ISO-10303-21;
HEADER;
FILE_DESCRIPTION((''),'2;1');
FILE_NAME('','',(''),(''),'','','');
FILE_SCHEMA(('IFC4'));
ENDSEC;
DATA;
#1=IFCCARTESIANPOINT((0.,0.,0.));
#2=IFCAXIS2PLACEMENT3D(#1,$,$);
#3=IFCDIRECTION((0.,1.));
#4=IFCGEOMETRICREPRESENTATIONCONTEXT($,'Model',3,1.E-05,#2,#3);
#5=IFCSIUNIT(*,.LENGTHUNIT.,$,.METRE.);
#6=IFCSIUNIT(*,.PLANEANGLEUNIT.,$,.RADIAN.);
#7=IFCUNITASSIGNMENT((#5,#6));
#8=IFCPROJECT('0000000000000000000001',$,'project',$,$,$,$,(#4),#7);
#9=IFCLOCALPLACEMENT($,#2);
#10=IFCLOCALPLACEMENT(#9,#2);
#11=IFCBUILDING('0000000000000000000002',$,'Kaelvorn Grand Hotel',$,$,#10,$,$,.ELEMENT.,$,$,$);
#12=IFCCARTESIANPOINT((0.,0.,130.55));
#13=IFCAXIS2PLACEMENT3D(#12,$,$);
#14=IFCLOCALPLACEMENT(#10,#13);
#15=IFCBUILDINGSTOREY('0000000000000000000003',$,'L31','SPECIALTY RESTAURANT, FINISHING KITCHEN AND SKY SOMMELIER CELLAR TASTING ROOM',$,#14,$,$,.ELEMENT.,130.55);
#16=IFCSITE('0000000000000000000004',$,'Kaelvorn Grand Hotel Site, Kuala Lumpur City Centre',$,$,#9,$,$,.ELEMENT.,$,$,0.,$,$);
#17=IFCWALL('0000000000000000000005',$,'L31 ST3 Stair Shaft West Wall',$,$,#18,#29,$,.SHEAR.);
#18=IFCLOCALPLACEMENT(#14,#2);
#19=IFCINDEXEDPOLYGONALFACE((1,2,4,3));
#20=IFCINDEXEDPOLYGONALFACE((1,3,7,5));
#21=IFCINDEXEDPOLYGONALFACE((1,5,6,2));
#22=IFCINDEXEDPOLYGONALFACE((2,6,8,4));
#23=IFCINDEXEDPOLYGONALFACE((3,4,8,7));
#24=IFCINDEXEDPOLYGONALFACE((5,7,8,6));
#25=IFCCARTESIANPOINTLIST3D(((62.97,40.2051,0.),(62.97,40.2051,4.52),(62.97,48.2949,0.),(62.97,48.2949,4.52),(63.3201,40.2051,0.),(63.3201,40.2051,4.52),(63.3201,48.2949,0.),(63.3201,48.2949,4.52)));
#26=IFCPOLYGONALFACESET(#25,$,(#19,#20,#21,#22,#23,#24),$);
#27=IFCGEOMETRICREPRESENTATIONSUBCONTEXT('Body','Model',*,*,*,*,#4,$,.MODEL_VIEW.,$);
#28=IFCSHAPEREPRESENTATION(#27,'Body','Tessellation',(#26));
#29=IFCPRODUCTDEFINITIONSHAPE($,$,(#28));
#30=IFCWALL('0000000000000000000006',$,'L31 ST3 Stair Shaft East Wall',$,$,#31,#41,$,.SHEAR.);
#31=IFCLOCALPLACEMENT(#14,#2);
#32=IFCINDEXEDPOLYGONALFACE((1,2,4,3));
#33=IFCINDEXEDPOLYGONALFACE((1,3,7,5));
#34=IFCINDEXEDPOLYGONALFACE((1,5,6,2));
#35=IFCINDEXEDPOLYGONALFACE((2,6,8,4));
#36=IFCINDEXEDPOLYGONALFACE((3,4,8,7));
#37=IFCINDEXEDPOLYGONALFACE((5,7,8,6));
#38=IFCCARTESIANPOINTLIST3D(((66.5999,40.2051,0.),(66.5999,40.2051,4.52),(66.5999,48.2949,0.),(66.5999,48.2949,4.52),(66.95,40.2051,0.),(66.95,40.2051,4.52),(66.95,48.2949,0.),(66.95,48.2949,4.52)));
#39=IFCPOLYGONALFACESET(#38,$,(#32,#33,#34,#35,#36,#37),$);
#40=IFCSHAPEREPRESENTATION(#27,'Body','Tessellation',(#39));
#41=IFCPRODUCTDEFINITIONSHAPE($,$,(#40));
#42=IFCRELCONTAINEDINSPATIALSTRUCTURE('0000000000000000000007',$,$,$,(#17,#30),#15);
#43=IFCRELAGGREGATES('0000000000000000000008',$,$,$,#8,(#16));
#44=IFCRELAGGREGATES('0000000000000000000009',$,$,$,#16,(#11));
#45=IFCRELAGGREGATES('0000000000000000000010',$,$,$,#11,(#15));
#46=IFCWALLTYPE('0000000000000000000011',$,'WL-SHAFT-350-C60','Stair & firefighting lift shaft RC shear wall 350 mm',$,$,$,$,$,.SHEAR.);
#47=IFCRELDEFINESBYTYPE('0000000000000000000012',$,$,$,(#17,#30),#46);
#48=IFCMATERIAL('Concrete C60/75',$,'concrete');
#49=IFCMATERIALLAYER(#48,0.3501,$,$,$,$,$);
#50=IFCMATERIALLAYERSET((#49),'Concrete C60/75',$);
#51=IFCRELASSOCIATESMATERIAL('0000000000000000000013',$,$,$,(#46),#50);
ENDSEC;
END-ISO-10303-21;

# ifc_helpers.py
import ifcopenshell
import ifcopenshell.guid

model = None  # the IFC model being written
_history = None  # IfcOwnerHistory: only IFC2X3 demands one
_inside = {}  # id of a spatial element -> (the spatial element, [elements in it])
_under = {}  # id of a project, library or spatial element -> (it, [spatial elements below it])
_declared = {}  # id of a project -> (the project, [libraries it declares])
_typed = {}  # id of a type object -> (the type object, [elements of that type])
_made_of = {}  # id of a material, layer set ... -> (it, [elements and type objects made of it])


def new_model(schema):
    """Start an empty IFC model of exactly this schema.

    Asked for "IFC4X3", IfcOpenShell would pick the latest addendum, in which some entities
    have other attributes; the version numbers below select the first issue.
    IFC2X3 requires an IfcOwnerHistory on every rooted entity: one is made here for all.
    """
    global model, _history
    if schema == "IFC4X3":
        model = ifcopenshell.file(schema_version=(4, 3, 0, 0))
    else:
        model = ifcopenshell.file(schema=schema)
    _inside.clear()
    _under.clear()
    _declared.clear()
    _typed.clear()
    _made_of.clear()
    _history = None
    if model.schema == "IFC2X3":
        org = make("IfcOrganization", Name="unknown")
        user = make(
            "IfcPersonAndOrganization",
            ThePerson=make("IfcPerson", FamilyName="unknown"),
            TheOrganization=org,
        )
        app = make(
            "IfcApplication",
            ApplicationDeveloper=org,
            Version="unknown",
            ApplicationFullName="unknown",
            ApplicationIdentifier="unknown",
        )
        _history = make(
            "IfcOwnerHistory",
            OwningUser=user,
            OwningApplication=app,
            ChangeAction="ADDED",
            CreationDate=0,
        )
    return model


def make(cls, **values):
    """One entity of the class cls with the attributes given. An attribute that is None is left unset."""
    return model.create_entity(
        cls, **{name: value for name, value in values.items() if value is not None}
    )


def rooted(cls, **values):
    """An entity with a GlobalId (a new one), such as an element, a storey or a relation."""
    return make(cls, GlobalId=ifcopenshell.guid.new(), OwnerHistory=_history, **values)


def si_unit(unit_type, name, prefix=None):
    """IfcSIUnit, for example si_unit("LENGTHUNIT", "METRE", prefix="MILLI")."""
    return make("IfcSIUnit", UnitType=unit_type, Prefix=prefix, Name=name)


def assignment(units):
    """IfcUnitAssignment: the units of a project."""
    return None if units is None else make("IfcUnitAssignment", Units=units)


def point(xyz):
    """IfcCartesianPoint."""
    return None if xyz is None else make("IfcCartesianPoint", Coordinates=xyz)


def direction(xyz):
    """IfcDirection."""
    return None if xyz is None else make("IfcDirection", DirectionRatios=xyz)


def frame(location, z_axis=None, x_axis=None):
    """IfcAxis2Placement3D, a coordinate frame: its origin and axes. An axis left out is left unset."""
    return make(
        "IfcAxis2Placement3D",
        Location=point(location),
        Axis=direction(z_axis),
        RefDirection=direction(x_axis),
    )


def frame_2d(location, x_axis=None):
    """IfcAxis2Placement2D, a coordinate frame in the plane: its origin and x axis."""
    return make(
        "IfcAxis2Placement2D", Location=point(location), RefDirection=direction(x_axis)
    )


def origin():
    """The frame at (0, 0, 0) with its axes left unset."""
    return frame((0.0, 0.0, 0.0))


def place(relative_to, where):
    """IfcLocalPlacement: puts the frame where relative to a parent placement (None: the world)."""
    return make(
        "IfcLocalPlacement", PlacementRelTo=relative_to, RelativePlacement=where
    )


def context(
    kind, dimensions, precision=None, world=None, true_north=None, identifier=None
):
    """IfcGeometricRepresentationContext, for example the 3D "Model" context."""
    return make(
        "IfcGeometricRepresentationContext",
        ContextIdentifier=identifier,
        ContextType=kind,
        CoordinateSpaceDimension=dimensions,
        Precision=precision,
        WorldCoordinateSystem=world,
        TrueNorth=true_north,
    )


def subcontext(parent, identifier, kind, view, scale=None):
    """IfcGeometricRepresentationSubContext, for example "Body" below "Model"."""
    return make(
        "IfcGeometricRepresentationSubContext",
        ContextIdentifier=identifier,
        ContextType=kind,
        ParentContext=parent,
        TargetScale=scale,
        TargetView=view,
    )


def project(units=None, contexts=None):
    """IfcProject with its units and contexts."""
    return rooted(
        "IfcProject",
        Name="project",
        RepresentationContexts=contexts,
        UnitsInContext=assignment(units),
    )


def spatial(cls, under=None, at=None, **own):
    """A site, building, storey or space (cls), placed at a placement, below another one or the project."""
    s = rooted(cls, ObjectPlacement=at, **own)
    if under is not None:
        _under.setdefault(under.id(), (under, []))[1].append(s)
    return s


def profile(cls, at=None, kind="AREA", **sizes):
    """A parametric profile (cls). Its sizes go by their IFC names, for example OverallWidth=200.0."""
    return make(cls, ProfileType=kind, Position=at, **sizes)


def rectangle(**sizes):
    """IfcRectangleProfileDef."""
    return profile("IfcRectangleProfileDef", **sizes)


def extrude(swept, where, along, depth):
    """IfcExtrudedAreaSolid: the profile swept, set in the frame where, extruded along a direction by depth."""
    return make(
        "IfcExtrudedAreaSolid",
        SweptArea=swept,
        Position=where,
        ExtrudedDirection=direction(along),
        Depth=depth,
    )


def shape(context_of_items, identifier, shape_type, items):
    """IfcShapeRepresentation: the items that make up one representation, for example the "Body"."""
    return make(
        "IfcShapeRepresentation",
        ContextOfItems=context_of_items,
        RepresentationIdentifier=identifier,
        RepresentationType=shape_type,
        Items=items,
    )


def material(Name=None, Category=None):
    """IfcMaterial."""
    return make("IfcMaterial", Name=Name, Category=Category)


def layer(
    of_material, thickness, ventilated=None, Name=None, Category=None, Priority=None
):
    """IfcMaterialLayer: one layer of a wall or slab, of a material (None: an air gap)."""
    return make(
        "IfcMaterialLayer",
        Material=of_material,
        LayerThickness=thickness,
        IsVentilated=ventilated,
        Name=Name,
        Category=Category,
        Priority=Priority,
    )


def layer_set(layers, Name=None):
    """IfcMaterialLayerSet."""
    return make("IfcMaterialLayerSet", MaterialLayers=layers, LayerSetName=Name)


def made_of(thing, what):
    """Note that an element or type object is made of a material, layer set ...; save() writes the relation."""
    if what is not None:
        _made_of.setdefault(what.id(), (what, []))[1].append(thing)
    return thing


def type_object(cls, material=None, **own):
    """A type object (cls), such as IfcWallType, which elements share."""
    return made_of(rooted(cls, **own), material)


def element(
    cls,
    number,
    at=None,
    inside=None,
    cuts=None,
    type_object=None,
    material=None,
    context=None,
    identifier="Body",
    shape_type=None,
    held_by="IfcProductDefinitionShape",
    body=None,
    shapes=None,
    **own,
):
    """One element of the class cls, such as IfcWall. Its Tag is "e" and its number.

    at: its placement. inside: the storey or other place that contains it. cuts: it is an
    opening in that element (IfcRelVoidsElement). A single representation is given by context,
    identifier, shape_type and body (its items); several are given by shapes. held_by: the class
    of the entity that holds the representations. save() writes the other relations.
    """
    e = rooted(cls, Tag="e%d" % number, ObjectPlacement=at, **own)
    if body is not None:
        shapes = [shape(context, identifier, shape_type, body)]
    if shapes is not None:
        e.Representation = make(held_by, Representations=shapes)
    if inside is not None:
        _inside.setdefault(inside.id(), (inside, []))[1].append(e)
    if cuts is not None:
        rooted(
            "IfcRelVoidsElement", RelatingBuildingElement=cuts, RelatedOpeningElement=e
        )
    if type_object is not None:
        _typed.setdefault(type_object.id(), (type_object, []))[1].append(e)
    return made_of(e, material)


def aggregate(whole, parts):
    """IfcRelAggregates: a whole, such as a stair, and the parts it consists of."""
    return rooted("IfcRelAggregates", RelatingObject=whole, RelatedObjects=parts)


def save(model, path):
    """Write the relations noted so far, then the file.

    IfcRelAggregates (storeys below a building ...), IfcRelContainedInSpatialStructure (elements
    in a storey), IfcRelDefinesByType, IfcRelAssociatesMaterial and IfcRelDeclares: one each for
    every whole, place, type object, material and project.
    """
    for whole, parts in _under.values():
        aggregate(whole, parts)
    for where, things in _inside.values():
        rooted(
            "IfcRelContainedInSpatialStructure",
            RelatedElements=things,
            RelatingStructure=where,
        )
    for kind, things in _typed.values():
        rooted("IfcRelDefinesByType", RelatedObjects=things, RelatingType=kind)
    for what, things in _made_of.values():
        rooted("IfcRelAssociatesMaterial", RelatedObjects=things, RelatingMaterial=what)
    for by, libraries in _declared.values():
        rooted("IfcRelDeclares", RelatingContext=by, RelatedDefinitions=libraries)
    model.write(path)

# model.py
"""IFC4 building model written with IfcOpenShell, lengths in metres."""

from ifc_helpers import new_model, si_unit, direction, frame, frame_2d, origin, place, context, subcontext, project, spatial, rectangle, extrude, material, layer, layer_set, type_object, element, save


model = new_model("IFC4")

# Units and contexts
model_context = context("Model", 3, precision=1e-05, world=origin(), true_north=direction((0.0, 1.0)))
body_context = subcontext(model_context, "Body", "Model", "MODEL_VIEW")
ifc_project = project(units=[si_unit("LENGTHUNIT", "METRE"), si_unit("PLANEANGLEUNIT", "RADIAN")], contexts=[model_context])

# Site, building, storey
site_placement = place(None, origin())
site = spatial("IfcSite", under=ifc_project, at=site_placement, Name="Kaelvorn Grand Hotel Site, Kuala Lumpur City Centre", CompositionType="ELEMENT", RefElevation=0.0)
building_placement = place(site_placement, origin())
building = spatial("IfcBuilding", under=site, at=building_placement, Name="Kaelvorn Grand Hotel", CompositionType="ELEMENT")
storey_placement = place(building_placement, frame((0.0, 0.0, 130.55)))
storey = spatial("IfcBuildingStorey", under=building, at=storey_placement, Name="L31", Description="SPECIALTY RESTAURANT, FINISHING KITCHEN AND SKY SOMMELIER CELLAR TASTING ROOM", CompositionType="ELEMENT", Elevation=130.55)

# Shared definitions
ifc_material_1 = material(Name="Concrete C60/75", Category="concrete")

# Shared definitions
ifc_layer_1 = layer(ifc_material_1, 0.3501)
ifc_layer_set_1 = layer_set([ifc_layer_1], Name="Concrete C60/75")
wall_type_1 = type_object("IfcWallType", Name="WL-SHAFT-350-C60", Description="Stair & firefighting lift shaft RC shear wall 350 mm", PredefinedType="SHEAR", material=ifc_layer_set_1)

# Walls
for number, where, z_axis, x_axis, name in (
    (1, (63.145, 40.2051, 0.0), (0.0, 0.0, 1.0), (0.0, 1.0, 0.0), "L31 ST3 Stair Shaft West Wall"),
    (2, (66.7749, 40.2051, 0.0), (0.0, 0.0, 1.0), (0.0, 1.0, 0.0), "L31 ST3 Stair Shaft East Wall"),
):
    element("IfcWall", number, at=place(storey_placement, frame(where, z_axis=z_axis, x_axis=x_axis)), inside=storey, type_object=wall_type_1, Name=name, PredefinedType="SHEAR", context=body_context, shape_type="SweptSolid", body=[
        extrude(rectangle(XDim=8.0898, YDim=0.3501, at=frame_2d((4.0449, 0.0))), origin(), (0.0, 0.0, 1.0), 4.52),
    ])

save(model, "model.ifc")
